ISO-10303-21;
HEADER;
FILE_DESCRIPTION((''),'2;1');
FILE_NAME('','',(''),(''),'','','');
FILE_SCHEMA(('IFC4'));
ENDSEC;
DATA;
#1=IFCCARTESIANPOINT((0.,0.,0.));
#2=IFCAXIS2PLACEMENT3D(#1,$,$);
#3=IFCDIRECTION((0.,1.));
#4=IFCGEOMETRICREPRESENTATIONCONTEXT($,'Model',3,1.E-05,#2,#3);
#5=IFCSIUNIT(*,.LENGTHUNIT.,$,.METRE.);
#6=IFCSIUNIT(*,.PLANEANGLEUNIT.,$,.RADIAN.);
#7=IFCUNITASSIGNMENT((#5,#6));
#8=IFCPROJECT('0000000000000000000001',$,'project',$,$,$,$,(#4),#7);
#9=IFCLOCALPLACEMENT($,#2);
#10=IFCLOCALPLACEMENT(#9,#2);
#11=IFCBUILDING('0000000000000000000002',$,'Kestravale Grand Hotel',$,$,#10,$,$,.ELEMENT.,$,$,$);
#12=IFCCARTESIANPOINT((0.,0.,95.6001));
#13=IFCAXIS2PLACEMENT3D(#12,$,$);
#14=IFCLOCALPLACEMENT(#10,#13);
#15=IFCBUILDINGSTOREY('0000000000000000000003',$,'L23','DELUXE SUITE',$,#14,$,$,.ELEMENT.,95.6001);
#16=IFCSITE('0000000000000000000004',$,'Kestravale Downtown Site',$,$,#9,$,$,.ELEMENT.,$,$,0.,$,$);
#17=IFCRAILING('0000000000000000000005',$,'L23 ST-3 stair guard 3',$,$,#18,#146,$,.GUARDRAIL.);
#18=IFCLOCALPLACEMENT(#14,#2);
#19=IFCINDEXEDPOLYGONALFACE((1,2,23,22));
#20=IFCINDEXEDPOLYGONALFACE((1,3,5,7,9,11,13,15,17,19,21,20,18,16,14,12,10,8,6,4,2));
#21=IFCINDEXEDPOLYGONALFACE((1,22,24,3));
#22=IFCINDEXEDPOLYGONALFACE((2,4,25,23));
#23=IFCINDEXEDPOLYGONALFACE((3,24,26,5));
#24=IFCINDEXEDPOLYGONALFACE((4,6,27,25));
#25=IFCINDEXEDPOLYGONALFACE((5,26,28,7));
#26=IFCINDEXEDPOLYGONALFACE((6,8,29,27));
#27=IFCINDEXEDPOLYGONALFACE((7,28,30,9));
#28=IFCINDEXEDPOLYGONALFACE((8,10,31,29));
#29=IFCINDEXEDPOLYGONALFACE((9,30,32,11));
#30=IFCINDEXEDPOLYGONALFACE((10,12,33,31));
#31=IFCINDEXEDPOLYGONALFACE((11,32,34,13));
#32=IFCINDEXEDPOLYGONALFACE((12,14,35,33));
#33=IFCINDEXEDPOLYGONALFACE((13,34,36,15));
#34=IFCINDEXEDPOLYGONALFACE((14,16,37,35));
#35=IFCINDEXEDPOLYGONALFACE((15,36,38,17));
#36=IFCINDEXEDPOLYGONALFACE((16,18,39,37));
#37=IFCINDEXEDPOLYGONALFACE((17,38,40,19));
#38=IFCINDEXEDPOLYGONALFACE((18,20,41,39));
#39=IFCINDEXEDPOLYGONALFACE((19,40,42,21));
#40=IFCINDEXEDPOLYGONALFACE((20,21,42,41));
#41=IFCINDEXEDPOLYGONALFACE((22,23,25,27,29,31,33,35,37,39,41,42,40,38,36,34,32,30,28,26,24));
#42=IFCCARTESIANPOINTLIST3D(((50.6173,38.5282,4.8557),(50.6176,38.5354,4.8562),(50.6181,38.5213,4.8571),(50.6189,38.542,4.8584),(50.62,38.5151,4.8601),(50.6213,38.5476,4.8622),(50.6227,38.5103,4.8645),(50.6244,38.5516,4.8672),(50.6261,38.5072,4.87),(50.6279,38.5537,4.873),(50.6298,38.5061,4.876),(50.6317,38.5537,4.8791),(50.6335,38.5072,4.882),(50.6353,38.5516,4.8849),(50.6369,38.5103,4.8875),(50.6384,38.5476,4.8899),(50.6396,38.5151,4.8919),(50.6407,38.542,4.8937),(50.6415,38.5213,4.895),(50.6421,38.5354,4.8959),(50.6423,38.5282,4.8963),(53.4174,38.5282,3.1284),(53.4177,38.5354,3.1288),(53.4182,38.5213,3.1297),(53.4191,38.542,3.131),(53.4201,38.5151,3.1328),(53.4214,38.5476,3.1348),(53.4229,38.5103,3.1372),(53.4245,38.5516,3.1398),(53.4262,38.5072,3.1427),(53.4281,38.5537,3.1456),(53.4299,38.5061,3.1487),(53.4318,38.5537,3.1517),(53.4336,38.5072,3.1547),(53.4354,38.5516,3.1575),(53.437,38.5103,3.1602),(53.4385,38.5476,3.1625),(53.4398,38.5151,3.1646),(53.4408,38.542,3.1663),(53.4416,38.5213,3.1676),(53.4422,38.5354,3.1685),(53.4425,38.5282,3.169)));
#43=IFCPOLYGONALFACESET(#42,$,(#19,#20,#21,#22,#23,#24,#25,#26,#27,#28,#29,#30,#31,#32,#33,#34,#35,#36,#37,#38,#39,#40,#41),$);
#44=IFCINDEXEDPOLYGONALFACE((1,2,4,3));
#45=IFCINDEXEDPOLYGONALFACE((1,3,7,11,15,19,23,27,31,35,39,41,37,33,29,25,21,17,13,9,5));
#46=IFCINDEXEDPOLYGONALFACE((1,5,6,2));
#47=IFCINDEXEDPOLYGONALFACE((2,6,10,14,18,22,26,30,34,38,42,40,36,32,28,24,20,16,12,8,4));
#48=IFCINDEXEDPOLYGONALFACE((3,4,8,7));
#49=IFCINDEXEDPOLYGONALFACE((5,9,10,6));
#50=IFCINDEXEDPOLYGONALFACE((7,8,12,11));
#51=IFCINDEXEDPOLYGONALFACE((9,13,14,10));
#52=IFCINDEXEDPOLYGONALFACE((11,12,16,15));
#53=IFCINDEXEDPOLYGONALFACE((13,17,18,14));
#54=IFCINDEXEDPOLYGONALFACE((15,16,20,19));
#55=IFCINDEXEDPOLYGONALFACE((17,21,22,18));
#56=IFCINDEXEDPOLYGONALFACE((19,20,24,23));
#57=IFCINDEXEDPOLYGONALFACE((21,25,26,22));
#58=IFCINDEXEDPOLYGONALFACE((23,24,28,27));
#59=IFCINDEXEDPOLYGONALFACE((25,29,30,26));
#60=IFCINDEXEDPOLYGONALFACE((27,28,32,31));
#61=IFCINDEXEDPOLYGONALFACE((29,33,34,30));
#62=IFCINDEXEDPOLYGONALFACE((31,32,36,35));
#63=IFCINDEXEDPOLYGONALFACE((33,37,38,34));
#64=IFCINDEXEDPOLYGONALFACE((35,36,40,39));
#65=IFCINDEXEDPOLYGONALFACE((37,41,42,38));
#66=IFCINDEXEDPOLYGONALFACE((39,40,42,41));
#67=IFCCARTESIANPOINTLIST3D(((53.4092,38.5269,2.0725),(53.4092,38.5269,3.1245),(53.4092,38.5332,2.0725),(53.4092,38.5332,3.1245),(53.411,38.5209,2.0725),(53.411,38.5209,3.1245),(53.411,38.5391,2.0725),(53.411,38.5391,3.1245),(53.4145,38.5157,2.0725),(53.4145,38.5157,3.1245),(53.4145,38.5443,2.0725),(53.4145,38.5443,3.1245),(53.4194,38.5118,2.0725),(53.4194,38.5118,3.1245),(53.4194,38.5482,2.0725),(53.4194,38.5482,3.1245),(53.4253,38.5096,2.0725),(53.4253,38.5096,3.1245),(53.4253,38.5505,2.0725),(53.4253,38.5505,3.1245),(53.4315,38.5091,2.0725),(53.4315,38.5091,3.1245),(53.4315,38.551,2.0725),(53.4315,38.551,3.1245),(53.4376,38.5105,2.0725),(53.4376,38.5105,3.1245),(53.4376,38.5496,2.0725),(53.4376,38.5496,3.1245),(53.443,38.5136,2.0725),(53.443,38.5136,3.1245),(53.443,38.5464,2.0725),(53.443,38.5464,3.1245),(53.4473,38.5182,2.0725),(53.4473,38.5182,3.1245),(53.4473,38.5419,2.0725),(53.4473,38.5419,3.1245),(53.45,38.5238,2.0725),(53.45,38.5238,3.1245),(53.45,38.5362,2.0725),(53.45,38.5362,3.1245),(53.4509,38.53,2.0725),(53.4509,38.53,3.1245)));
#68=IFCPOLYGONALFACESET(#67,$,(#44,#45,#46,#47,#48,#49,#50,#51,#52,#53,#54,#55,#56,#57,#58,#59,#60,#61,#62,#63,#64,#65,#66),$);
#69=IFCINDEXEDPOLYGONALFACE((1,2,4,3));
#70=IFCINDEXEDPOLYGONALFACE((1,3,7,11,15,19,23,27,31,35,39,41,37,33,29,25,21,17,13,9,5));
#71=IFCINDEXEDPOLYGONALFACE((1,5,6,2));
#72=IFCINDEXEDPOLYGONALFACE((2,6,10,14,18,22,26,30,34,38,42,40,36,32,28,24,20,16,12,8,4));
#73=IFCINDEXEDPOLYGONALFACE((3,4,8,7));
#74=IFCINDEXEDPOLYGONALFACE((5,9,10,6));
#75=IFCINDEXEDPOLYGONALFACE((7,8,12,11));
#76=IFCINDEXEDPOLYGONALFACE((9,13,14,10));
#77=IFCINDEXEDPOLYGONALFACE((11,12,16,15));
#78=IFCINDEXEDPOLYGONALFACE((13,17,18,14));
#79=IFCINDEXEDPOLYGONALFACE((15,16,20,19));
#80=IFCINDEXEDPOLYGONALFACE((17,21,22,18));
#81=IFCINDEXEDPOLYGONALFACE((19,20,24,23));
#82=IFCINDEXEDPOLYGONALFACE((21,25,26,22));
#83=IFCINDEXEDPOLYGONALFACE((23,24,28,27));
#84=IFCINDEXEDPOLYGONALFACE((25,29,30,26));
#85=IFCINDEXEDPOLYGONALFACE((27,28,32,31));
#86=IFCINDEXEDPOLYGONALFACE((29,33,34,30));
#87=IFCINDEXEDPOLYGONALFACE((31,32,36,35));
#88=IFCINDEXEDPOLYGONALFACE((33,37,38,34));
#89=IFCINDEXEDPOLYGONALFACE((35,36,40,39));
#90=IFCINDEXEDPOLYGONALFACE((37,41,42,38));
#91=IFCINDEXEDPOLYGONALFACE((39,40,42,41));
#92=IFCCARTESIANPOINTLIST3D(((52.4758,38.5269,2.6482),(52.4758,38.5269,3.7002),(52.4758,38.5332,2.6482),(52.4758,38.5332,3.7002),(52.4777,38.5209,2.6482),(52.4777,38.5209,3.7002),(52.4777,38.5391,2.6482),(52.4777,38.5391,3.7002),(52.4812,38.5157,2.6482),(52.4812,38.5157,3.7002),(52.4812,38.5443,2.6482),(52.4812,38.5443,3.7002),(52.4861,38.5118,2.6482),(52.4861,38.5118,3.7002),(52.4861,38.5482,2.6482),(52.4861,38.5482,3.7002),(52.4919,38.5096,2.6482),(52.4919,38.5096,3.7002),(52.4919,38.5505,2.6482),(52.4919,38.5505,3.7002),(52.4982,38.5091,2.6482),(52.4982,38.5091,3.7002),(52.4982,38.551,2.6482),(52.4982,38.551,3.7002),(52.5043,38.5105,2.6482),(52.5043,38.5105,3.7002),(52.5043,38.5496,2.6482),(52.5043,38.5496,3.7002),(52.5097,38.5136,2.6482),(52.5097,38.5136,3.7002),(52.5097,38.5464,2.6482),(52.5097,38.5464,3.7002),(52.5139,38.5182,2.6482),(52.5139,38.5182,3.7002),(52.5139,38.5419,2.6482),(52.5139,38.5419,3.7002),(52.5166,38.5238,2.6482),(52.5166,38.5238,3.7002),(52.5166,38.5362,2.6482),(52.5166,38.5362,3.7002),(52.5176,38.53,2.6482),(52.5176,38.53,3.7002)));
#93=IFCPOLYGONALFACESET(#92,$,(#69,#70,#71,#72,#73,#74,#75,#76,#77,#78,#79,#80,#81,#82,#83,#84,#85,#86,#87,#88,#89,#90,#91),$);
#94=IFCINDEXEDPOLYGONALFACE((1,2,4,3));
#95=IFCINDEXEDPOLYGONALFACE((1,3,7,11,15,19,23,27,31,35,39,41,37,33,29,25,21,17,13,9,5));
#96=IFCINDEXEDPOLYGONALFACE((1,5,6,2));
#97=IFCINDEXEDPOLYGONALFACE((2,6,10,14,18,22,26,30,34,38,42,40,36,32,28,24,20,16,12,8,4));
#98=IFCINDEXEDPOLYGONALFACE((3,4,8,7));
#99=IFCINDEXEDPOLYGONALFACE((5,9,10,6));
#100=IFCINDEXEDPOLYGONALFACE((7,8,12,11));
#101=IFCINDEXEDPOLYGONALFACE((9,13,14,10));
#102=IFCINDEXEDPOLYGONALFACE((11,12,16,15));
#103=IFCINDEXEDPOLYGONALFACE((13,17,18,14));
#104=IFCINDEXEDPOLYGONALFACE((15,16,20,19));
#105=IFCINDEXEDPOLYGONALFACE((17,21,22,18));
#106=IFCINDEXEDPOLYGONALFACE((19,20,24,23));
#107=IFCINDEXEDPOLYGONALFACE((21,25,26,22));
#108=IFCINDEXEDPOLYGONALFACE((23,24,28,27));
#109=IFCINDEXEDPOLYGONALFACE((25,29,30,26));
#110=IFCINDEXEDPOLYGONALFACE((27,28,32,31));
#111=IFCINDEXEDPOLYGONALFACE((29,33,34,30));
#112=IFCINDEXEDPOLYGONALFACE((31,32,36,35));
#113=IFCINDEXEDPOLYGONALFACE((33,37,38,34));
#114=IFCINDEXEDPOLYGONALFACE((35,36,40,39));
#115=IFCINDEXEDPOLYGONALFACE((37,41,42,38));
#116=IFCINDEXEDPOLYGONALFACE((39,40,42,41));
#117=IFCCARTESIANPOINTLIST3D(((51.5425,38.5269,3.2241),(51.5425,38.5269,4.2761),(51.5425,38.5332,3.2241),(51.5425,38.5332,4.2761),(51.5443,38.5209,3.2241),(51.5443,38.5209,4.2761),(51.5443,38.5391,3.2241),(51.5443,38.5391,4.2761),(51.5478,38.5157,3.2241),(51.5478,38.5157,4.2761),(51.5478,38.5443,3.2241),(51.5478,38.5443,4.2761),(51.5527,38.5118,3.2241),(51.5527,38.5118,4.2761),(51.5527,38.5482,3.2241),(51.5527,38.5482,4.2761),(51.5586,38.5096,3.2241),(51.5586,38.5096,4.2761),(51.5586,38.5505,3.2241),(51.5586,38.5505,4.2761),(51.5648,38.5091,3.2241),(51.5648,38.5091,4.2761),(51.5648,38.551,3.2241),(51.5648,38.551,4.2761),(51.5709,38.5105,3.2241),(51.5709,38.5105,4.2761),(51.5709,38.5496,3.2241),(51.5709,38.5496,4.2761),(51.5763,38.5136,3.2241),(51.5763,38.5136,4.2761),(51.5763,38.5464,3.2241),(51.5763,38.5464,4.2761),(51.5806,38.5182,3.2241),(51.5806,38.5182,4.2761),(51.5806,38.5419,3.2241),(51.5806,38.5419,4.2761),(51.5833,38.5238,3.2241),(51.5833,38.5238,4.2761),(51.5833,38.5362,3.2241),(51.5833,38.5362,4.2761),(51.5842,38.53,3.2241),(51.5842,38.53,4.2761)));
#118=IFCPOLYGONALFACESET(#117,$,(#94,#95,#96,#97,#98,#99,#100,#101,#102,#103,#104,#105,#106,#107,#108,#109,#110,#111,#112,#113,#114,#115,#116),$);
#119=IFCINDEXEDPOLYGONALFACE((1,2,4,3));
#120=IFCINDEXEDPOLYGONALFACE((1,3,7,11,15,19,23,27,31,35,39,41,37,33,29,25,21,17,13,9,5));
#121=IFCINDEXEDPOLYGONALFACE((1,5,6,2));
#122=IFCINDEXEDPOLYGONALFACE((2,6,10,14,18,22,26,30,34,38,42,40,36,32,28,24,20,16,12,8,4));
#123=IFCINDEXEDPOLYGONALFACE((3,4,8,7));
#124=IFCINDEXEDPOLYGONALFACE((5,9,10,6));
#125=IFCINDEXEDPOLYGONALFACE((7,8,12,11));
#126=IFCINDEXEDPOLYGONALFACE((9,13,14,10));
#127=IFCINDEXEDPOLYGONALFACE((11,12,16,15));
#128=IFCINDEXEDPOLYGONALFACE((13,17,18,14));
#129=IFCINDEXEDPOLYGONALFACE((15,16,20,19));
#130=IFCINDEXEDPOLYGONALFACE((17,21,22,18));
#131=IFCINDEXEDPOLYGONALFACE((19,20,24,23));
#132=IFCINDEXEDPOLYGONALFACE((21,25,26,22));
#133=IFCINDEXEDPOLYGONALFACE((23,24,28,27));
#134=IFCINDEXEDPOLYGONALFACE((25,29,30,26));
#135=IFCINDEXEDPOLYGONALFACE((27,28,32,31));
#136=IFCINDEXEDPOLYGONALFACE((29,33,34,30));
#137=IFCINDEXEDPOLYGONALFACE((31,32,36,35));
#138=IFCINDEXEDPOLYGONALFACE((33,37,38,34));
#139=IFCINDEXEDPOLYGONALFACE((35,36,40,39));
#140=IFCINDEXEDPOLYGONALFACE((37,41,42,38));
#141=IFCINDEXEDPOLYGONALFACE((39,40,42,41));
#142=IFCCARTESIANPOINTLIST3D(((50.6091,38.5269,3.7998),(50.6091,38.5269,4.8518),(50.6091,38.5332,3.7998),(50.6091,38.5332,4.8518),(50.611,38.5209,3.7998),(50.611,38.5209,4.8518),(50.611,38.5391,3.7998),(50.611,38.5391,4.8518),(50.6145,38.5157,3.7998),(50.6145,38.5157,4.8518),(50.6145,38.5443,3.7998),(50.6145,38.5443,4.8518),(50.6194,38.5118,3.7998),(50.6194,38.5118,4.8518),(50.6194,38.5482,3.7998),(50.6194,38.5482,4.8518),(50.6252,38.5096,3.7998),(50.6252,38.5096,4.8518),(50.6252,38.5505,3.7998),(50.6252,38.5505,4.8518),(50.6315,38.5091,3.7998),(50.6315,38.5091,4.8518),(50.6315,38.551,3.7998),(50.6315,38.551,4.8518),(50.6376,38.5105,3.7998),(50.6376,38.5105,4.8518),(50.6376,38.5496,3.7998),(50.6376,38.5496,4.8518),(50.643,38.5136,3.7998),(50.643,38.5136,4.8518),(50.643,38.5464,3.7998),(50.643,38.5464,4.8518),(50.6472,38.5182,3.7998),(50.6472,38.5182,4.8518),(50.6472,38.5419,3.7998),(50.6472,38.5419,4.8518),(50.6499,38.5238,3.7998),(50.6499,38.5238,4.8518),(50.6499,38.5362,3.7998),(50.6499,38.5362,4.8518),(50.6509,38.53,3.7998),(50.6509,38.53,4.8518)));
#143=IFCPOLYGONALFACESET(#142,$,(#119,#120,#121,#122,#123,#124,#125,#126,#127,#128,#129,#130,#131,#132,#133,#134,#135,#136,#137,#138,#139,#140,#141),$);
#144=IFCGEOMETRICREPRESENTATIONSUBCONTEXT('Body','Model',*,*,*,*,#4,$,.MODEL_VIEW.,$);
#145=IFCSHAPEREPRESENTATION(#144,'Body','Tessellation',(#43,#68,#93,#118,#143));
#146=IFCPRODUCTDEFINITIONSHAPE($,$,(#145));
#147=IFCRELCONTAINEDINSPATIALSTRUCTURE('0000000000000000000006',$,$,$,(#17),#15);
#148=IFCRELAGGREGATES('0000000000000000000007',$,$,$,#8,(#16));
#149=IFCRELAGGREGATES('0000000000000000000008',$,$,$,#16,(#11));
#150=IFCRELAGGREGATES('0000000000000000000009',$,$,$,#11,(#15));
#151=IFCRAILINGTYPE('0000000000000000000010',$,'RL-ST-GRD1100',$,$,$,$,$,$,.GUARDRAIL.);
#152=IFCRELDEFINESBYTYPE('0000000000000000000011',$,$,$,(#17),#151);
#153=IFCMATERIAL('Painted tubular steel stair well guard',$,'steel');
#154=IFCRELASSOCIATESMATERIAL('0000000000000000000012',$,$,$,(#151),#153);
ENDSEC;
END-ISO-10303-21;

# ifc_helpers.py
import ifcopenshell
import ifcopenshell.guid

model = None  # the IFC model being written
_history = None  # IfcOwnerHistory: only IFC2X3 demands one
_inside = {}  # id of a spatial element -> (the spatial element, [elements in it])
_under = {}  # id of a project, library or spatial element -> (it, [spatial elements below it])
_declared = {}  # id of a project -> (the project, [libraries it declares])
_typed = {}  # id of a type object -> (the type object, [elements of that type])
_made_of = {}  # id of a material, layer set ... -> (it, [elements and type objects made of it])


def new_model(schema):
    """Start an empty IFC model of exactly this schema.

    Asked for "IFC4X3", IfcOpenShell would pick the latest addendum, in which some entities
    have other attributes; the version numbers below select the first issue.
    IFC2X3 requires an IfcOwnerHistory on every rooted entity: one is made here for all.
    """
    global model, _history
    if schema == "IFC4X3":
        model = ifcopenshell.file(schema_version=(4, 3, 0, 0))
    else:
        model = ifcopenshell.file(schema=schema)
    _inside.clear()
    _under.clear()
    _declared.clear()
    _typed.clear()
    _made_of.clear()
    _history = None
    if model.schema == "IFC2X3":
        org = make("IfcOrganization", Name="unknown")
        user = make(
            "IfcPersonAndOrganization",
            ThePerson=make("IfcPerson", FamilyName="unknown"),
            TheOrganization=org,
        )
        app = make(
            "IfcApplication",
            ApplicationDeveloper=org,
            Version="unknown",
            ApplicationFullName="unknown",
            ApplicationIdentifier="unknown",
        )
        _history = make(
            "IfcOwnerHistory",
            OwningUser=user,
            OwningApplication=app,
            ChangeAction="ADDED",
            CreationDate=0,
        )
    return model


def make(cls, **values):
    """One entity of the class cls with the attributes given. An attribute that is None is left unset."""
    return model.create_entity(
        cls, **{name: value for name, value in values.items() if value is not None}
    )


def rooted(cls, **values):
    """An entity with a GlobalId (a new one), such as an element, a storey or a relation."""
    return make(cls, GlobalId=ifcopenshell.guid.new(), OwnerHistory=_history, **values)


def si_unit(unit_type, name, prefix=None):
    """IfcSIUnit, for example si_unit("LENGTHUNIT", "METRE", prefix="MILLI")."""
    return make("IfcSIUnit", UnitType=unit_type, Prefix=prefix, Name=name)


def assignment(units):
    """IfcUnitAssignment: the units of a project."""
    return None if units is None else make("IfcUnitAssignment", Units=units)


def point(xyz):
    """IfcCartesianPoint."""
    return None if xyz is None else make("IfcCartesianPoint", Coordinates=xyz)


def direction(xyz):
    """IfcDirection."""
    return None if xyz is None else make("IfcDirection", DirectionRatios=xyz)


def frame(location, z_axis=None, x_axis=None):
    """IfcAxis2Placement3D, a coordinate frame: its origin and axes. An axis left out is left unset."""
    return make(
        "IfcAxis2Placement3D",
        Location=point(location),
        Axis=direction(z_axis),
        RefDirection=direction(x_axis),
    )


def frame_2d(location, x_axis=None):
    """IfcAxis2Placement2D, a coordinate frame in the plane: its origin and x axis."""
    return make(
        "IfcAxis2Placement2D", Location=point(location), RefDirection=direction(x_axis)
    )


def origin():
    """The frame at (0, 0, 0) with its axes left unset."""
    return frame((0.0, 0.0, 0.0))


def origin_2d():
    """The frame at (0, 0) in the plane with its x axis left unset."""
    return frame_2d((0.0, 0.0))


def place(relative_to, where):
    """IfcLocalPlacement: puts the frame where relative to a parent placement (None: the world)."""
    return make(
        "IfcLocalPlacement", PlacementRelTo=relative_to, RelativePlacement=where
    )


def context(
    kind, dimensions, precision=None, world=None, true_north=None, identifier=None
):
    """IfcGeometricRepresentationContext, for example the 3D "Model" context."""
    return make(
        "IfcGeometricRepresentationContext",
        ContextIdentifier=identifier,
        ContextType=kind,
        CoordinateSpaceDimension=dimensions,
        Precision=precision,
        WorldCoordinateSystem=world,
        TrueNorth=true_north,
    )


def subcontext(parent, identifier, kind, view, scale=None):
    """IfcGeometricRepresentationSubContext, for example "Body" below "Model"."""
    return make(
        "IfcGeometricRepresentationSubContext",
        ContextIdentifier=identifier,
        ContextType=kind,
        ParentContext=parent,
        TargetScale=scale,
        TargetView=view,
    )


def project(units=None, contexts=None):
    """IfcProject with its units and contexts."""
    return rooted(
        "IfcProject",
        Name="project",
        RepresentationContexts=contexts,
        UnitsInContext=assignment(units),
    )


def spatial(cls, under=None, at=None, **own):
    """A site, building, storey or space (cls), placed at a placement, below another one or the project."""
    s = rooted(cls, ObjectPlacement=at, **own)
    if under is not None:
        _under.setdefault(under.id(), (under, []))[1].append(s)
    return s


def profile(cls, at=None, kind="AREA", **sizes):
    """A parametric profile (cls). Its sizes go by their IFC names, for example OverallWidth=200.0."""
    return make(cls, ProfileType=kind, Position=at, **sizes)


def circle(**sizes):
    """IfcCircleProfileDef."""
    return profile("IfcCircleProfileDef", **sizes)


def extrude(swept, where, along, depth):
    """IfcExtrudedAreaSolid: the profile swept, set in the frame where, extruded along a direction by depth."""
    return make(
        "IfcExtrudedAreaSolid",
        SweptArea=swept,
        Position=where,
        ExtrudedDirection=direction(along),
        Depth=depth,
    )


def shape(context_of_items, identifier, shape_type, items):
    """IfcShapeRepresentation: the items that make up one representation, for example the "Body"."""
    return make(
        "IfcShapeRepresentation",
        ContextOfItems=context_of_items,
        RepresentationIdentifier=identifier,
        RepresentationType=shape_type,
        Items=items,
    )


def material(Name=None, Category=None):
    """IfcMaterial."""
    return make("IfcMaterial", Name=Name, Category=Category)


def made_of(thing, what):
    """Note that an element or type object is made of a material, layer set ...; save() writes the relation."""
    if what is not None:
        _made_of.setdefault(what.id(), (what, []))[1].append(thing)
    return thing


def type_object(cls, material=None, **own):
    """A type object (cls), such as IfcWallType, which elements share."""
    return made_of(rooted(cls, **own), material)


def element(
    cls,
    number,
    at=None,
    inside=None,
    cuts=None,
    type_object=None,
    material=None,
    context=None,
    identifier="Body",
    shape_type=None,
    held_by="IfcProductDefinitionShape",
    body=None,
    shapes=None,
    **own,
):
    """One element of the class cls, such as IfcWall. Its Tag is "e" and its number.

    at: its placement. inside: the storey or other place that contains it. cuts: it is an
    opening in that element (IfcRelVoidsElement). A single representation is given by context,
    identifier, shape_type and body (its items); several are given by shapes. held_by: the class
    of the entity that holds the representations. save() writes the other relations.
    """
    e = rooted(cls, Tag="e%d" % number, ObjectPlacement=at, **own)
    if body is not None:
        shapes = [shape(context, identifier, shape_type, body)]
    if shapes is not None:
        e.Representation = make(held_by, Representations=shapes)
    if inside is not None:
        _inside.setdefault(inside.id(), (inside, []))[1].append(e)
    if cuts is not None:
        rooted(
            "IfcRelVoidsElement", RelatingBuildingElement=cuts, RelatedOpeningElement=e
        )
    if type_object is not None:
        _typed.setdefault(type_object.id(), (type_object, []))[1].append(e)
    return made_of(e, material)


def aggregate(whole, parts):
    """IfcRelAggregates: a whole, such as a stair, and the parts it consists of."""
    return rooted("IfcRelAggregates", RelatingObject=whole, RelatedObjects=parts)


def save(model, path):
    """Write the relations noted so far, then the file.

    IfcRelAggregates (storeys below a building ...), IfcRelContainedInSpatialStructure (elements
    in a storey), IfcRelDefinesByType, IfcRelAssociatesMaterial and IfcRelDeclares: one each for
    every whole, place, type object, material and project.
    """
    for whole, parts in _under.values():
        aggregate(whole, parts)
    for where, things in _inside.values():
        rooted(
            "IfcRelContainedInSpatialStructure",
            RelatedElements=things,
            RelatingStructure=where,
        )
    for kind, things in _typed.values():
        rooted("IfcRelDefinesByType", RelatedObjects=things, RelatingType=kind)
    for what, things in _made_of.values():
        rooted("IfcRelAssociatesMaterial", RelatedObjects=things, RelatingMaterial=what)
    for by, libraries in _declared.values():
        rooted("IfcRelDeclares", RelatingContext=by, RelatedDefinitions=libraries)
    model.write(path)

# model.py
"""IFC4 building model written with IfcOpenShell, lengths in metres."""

from ifc_helpers import new_model, si_unit, direction, frame, origin, origin_2d, place, context, subcontext, project, spatial, circle, extrude, material, type_object, element, save


model = new_model("IFC4")

# Units and contexts
model_context = context("Model", 3, precision=1e-05, world=origin(), true_north=direction((0.0, 1.0)))
body_context = subcontext(model_context, "Body", "Model", "MODEL_VIEW")
ifc_project = project(units=[si_unit("LENGTHUNIT", "METRE"), si_unit("PLANEANGLEUNIT", "RADIAN")], contexts=[model_context])

# Site, building, storey
site_placement = place(None, origin())
site = spatial("IfcSite", under=ifc_project, at=site_placement, Name="Kestravale Downtown Site", CompositionType="ELEMENT", RefElevation=0.0)
building_placement = place(site_placement, origin())
building = spatial("IfcBuilding", under=site, at=building_placement, Name="Kestravale Grand Hotel", CompositionType="ELEMENT")
storey_placement = place(building_placement, frame((0.0, 0.0, 95.6001)))
storey = spatial("IfcBuildingStorey", under=building, at=storey_placement, Name="L23", Description="DELUXE SUITE", CompositionType="ELEMENT", Elevation=95.6001)

# Railing
ifc_material_1 = material(Name="Painted tubular steel stair well guard", Category="steel")
railing_type_1 = type_object("IfcRailingType", Name="RL-ST-GRD1100", PredefinedType="GUARDRAIL", material=ifc_material_1)
railing_1_placement = place(storey_placement, frame((53.4299, 38.53, 2.0725)))
element("IfcRailing", 1, at=railing_1_placement, inside=storey, type_object=railing_type_1, Name="L23 ST-3 stair guard 3", PredefinedType="GUARDRAIL", context=body_context, shape_type="SweptSolid", body=[
    extrude(circle(Radius=0.0239, at=origin_2d()), frame((0.0, 0.0, 1.0762), z_axis=(-0.85109, 0.0, 0.52502), x_axis=(0.0, -1.0, 0.0)), (0.0, 0.0, 1.0), 3.29),
    extrude(circle(Radius=0.021, at=origin_2d()), origin(), (0.0, 0.0, 1.0), 1.052),
    extrude(circle(Radius=0.021, at=origin_2d()), frame((-0.9333, 0.0, 0.5757)), (0.0, 0.0, 1.0), 1.052),
    extrude(circle(Radius=0.021, at=origin_2d()), frame((-1.8667, 0.0, 1.1516)), (0.0, 0.0, 1.0), 1.052),
    extrude(circle(Radius=0.021, at=origin_2d()), frame((-2.8, 0.0, 1.7273)), (0.0, 0.0, 1.0), 1.052),
])

save(model, "model.ifc")
